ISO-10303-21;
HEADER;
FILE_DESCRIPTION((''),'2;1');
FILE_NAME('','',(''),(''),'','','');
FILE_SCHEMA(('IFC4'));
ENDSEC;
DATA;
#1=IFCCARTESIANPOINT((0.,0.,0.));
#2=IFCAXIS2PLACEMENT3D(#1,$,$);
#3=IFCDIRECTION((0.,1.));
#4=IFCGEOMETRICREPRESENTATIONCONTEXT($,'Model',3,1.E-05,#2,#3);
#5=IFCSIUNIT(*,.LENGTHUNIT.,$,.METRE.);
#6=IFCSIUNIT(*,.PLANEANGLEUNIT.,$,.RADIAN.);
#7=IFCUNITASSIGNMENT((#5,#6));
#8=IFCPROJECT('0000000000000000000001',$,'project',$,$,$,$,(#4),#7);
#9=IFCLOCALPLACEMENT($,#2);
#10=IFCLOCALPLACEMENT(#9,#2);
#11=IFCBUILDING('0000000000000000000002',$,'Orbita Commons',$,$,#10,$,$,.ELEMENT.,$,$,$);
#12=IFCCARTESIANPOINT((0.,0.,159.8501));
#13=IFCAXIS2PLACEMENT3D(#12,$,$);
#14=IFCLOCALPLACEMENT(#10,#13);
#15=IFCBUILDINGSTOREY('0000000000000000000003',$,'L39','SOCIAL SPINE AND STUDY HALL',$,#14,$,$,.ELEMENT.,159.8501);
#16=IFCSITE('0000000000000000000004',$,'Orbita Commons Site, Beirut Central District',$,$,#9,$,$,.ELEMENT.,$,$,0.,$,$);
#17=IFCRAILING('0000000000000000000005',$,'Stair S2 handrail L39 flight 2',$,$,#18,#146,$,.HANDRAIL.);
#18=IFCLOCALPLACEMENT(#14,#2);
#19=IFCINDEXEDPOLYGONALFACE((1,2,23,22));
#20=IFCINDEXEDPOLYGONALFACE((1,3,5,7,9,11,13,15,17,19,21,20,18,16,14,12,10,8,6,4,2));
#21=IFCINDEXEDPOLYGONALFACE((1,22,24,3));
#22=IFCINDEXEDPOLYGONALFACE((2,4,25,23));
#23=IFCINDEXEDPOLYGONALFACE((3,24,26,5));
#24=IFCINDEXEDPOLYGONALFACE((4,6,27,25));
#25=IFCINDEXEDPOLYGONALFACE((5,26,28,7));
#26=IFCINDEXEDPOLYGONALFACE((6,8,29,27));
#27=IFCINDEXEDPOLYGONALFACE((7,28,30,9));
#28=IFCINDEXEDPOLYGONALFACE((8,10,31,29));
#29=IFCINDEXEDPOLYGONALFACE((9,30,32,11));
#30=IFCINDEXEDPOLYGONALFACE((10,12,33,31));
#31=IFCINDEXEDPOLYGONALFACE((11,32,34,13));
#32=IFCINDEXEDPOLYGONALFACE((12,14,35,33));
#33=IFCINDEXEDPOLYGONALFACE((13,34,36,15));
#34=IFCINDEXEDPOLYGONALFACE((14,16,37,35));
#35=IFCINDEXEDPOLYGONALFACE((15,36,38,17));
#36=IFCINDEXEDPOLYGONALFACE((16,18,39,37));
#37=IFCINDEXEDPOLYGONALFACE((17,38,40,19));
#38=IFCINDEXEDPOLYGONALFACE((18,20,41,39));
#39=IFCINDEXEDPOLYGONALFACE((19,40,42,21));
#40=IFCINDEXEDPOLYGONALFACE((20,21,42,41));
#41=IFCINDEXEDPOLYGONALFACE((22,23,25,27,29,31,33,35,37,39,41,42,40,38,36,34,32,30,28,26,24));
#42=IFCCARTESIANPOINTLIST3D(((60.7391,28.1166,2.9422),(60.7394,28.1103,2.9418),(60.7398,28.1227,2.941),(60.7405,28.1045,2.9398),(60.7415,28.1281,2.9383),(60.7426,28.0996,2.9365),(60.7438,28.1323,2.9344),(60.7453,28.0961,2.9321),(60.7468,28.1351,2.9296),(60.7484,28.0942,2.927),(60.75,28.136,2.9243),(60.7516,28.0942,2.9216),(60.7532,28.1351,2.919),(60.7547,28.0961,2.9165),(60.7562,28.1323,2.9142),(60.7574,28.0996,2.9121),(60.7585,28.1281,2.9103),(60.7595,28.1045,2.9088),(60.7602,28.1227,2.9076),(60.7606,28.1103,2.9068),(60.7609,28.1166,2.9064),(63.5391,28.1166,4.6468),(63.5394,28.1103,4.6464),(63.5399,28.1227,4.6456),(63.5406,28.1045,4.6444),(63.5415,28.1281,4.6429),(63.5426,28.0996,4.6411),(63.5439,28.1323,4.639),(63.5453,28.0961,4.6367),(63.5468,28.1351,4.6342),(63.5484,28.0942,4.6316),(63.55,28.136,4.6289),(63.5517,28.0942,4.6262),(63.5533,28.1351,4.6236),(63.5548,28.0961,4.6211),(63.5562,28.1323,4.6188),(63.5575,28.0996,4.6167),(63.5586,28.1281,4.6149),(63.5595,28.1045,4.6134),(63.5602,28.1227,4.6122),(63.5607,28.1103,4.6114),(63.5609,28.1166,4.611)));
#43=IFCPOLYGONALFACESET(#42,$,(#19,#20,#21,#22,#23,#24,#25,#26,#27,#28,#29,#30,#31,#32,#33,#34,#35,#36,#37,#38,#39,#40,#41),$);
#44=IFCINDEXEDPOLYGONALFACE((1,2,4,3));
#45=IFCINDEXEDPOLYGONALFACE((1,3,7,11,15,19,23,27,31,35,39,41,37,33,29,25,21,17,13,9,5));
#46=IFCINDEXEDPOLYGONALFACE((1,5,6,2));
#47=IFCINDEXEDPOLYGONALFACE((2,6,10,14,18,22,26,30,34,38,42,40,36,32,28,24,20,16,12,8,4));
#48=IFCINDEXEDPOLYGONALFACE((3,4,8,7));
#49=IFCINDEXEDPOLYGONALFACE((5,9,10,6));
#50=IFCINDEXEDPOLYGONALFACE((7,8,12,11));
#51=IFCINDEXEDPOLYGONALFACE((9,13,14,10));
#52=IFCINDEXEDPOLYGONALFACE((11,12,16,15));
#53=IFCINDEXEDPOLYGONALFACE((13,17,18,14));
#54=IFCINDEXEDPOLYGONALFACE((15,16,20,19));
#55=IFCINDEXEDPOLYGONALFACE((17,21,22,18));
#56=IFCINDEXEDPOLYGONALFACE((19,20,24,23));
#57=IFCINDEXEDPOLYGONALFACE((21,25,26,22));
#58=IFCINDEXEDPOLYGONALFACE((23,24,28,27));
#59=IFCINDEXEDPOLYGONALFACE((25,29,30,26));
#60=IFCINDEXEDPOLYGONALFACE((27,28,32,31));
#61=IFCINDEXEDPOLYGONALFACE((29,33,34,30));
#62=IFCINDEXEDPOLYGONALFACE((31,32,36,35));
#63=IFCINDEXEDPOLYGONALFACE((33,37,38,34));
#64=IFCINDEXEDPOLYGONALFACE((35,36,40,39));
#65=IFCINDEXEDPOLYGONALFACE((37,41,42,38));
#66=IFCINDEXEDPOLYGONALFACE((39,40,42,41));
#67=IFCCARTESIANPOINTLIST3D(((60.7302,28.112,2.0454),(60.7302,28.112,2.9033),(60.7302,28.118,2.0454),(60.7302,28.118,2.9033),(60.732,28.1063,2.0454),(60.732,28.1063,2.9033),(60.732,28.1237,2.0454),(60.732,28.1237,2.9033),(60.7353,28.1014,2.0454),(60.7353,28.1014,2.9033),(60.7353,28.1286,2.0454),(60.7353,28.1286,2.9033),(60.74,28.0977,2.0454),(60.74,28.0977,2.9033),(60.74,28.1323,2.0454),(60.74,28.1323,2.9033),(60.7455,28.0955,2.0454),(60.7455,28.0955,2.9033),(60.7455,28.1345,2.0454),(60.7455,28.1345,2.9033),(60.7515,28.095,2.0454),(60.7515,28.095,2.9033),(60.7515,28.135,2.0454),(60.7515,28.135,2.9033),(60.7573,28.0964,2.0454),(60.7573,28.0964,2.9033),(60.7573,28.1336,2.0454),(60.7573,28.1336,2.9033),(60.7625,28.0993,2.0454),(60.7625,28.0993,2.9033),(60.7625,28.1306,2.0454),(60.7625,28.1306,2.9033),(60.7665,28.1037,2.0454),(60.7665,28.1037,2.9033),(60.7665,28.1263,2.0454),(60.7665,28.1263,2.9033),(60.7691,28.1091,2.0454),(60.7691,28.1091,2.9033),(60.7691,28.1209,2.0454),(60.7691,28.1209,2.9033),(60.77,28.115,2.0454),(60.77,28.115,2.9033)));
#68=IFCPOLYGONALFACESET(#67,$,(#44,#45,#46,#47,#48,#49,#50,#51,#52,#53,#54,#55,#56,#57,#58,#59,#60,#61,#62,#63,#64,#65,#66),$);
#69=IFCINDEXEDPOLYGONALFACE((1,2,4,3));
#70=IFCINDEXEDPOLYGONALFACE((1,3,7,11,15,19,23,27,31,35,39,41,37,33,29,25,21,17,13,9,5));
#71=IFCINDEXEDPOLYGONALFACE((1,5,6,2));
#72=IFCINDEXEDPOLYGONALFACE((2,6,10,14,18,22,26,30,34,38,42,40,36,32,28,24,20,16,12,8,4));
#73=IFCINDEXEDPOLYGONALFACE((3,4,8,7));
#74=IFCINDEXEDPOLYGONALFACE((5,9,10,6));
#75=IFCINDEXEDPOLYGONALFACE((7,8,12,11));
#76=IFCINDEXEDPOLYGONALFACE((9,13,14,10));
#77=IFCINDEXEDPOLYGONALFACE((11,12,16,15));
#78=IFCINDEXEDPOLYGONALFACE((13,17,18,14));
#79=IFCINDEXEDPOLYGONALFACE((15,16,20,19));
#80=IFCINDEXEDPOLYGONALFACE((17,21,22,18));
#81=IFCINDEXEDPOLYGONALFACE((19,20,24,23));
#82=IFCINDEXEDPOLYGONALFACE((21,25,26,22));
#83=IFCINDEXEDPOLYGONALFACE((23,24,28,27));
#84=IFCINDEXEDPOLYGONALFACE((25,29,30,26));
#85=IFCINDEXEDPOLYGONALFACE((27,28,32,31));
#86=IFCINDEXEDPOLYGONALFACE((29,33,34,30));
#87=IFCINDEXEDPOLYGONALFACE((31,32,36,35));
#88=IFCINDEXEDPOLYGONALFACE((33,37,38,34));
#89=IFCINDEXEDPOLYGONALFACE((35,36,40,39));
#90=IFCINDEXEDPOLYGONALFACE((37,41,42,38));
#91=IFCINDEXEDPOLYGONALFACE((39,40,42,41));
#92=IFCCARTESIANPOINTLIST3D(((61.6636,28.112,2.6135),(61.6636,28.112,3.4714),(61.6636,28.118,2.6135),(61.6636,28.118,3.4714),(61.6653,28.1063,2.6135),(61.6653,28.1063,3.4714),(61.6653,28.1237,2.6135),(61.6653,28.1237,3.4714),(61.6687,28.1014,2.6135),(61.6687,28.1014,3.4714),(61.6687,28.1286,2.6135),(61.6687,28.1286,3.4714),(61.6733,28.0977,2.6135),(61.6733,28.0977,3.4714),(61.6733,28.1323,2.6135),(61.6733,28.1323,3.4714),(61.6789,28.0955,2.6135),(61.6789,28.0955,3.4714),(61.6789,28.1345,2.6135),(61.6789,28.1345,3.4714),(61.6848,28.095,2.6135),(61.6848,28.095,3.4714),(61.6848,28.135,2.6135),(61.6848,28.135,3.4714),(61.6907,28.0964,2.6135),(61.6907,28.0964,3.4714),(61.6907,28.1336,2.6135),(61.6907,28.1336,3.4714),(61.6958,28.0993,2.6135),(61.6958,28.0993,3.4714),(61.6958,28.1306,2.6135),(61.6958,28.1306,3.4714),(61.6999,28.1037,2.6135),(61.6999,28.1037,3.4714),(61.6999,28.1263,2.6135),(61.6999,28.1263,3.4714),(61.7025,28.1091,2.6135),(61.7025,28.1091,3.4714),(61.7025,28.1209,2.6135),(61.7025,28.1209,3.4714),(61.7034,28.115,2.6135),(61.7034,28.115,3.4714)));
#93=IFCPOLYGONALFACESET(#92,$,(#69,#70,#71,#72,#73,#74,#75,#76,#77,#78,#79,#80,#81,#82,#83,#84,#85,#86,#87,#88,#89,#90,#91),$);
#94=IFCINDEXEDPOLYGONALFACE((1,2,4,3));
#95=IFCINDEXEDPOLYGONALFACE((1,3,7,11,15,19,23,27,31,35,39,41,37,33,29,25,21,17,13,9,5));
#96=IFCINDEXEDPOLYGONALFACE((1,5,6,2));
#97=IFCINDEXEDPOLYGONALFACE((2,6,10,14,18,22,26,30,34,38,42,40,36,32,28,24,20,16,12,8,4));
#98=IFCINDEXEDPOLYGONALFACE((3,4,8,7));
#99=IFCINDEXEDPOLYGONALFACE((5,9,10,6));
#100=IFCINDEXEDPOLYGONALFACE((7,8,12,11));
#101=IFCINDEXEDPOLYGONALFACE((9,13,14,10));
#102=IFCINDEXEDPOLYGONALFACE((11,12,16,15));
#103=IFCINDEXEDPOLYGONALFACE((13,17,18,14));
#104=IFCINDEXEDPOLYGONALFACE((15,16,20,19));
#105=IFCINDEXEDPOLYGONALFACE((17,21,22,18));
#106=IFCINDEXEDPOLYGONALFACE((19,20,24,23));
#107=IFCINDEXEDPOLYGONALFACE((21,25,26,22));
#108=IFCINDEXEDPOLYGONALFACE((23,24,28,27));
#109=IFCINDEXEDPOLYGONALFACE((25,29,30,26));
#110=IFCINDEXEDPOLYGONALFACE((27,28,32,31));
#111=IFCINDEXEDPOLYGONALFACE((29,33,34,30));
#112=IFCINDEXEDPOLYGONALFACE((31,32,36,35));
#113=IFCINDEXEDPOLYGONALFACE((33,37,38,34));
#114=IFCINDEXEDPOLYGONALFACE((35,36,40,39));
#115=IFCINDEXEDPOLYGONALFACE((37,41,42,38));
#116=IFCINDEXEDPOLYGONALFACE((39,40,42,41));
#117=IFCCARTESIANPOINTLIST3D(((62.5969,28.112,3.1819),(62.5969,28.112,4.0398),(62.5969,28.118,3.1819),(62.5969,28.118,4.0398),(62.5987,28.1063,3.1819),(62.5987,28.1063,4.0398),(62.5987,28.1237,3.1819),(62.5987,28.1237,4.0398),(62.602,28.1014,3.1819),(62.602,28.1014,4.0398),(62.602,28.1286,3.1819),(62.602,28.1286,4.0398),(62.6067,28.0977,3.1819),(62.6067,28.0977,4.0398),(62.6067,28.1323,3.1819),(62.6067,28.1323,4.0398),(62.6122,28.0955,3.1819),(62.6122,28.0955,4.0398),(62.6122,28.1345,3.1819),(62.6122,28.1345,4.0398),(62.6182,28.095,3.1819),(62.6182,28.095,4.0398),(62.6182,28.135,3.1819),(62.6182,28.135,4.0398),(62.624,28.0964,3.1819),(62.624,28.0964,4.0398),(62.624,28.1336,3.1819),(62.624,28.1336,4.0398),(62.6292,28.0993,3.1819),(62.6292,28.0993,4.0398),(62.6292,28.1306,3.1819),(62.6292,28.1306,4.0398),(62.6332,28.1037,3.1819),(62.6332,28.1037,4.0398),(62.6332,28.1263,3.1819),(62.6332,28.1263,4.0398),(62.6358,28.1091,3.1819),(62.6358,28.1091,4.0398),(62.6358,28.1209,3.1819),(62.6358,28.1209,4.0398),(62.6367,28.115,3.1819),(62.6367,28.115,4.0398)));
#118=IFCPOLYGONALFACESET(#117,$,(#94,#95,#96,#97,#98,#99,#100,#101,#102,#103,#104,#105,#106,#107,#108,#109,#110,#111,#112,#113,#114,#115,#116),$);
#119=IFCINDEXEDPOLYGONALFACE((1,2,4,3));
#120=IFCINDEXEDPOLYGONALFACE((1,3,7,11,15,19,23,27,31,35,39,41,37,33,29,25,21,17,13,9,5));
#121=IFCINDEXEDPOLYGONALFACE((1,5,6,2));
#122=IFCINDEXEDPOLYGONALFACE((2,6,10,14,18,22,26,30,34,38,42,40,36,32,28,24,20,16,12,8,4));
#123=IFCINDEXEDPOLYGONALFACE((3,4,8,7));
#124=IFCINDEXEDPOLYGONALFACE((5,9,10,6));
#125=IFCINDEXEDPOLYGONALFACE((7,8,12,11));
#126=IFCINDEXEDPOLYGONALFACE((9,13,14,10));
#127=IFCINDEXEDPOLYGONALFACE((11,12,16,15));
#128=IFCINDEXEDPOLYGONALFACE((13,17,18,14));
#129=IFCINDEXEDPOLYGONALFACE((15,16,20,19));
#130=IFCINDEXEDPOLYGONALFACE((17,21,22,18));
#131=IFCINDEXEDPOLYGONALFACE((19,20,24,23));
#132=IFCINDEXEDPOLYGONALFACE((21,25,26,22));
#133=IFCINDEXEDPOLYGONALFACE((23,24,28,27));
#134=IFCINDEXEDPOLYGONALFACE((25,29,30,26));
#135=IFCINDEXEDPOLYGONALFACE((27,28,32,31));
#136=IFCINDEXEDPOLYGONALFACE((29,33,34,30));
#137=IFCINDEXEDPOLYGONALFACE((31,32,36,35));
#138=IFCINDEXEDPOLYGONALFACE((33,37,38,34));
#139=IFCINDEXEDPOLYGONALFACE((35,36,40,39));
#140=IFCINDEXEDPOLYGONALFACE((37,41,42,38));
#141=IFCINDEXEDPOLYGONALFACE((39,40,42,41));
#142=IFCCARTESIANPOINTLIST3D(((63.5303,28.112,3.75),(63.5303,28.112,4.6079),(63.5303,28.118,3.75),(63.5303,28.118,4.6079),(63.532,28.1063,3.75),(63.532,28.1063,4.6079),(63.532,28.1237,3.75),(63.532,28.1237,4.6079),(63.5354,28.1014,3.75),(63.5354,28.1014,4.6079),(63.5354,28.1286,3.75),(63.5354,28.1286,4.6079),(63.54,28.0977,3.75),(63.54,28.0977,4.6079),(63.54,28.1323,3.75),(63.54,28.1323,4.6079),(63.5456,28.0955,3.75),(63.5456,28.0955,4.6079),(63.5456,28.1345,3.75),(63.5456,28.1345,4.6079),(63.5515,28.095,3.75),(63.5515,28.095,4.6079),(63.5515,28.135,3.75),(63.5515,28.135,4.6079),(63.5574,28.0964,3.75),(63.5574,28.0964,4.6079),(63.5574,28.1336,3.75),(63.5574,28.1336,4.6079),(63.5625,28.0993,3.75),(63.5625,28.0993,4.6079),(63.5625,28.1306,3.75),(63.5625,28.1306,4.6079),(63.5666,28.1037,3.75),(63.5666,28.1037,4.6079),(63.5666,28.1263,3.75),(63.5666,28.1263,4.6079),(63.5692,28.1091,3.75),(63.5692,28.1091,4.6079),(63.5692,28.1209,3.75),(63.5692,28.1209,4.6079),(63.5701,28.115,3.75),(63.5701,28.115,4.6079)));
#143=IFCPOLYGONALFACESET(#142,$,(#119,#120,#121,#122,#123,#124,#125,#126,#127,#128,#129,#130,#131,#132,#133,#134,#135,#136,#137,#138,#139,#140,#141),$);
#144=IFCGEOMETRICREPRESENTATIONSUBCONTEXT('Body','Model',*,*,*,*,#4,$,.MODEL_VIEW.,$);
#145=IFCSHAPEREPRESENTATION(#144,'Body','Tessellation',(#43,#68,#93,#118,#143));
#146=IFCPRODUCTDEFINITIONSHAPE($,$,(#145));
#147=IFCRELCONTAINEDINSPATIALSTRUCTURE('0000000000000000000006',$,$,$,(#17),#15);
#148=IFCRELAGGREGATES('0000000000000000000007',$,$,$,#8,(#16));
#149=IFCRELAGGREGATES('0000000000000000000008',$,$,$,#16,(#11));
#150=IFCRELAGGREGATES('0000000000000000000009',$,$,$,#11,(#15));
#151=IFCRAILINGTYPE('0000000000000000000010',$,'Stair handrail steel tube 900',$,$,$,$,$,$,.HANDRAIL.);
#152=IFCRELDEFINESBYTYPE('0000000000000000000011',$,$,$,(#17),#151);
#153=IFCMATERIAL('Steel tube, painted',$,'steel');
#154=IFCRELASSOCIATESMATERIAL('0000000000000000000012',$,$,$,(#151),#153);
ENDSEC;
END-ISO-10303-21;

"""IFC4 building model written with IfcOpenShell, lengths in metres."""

from ifc_helpers import new_model, si_unit, direction, frame, origin, origin_2d, place, context, subcontext, project, spatial, circle, extrude, material, type_object, element, save


model = new_model("IFC4")

# Units and contexts
model_context = context("Model", 3, precision=1e-05, world=origin(), true_north=direction((0.0, 1.0)))
body_context = subcontext(model_context, "Body", "Model", "MODEL_VIEW")
ifc_project = project(units=[si_unit("LENGTHUNIT", "METRE"), si_unit("PLANEANGLEUNIT", "RADIAN")], contexts=[model_context])

# Site, building, storey
site_placement = place(None, origin())
site = spatial("IfcSite", under=ifc_project, at=site_placement, Name="Orbita Commons Site, Beirut Central District", CompositionType="ELEMENT", RefElevation=0.0)
building_placement = place(site_placement, origin())
building = spatial("IfcBuilding", under=site, at=building_placement, Name="Orbita Commons", CompositionType="ELEMENT")
storey_placement = place(building_placement, frame((0.0, 0.0, 159.8501)))
storey = spatial("IfcBuildingStorey", under=building, at=storey_placement, Name="L39", Description="SOCIAL SPINE AND STUDY HALL", CompositionType="ELEMENT", Elevation=159.8501)

# Railing
ifc_material_1 = material(Name="Steel tube, painted", Category="steel")
railing_type = type_object("IfcRailingType", Name="Stair handrail steel tube 900", PredefinedType="HANDRAIL", material=ifc_material_1)
for number, where, name in (
    (1, (60.75, 28.115, 2.0454), "Stair S2 handrail L39 flight 2"),
):
    element("IfcRailing", number, at=place(storey_placement, frame(where)), inside=storey, type_object=railing_type, Name=name, PredefinedType="HANDRAIL", context=body_context, shape_type="SweptSolid", body=[
        extrude(circle(Radius=0.021, at=origin_2d()), frame((0.0, 0.0, 0.8789), z_axis=(0.85417, 0.0, 0.519994), x_axis=(0.0, 1.0, 0.0)), (0.0, 0.0, 1.0), 3.2781),
        extrude(circle(Radius=0.02, at=origin_2d()), origin(), (0.0, 0.0, 1.0), 0.8579),
        extrude(circle(Radius=0.02, at=origin_2d()), frame((0.9333, 0.0, 0.5681)), (0.0, 0.0, 1.0), 0.8579),
        extrude(circle(Radius=0.02, at=origin_2d()), frame((1.8667, 0.0, 1.1365)), (0.0, 0.0, 1.0), 0.8579),
        extrude(circle(Radius=0.02, at=origin_2d()), frame((2.8, 0.0, 1.7046)), (0.0, 0.0, 1.0), 0.8579),
    ])

save(model, "model.ifc")
